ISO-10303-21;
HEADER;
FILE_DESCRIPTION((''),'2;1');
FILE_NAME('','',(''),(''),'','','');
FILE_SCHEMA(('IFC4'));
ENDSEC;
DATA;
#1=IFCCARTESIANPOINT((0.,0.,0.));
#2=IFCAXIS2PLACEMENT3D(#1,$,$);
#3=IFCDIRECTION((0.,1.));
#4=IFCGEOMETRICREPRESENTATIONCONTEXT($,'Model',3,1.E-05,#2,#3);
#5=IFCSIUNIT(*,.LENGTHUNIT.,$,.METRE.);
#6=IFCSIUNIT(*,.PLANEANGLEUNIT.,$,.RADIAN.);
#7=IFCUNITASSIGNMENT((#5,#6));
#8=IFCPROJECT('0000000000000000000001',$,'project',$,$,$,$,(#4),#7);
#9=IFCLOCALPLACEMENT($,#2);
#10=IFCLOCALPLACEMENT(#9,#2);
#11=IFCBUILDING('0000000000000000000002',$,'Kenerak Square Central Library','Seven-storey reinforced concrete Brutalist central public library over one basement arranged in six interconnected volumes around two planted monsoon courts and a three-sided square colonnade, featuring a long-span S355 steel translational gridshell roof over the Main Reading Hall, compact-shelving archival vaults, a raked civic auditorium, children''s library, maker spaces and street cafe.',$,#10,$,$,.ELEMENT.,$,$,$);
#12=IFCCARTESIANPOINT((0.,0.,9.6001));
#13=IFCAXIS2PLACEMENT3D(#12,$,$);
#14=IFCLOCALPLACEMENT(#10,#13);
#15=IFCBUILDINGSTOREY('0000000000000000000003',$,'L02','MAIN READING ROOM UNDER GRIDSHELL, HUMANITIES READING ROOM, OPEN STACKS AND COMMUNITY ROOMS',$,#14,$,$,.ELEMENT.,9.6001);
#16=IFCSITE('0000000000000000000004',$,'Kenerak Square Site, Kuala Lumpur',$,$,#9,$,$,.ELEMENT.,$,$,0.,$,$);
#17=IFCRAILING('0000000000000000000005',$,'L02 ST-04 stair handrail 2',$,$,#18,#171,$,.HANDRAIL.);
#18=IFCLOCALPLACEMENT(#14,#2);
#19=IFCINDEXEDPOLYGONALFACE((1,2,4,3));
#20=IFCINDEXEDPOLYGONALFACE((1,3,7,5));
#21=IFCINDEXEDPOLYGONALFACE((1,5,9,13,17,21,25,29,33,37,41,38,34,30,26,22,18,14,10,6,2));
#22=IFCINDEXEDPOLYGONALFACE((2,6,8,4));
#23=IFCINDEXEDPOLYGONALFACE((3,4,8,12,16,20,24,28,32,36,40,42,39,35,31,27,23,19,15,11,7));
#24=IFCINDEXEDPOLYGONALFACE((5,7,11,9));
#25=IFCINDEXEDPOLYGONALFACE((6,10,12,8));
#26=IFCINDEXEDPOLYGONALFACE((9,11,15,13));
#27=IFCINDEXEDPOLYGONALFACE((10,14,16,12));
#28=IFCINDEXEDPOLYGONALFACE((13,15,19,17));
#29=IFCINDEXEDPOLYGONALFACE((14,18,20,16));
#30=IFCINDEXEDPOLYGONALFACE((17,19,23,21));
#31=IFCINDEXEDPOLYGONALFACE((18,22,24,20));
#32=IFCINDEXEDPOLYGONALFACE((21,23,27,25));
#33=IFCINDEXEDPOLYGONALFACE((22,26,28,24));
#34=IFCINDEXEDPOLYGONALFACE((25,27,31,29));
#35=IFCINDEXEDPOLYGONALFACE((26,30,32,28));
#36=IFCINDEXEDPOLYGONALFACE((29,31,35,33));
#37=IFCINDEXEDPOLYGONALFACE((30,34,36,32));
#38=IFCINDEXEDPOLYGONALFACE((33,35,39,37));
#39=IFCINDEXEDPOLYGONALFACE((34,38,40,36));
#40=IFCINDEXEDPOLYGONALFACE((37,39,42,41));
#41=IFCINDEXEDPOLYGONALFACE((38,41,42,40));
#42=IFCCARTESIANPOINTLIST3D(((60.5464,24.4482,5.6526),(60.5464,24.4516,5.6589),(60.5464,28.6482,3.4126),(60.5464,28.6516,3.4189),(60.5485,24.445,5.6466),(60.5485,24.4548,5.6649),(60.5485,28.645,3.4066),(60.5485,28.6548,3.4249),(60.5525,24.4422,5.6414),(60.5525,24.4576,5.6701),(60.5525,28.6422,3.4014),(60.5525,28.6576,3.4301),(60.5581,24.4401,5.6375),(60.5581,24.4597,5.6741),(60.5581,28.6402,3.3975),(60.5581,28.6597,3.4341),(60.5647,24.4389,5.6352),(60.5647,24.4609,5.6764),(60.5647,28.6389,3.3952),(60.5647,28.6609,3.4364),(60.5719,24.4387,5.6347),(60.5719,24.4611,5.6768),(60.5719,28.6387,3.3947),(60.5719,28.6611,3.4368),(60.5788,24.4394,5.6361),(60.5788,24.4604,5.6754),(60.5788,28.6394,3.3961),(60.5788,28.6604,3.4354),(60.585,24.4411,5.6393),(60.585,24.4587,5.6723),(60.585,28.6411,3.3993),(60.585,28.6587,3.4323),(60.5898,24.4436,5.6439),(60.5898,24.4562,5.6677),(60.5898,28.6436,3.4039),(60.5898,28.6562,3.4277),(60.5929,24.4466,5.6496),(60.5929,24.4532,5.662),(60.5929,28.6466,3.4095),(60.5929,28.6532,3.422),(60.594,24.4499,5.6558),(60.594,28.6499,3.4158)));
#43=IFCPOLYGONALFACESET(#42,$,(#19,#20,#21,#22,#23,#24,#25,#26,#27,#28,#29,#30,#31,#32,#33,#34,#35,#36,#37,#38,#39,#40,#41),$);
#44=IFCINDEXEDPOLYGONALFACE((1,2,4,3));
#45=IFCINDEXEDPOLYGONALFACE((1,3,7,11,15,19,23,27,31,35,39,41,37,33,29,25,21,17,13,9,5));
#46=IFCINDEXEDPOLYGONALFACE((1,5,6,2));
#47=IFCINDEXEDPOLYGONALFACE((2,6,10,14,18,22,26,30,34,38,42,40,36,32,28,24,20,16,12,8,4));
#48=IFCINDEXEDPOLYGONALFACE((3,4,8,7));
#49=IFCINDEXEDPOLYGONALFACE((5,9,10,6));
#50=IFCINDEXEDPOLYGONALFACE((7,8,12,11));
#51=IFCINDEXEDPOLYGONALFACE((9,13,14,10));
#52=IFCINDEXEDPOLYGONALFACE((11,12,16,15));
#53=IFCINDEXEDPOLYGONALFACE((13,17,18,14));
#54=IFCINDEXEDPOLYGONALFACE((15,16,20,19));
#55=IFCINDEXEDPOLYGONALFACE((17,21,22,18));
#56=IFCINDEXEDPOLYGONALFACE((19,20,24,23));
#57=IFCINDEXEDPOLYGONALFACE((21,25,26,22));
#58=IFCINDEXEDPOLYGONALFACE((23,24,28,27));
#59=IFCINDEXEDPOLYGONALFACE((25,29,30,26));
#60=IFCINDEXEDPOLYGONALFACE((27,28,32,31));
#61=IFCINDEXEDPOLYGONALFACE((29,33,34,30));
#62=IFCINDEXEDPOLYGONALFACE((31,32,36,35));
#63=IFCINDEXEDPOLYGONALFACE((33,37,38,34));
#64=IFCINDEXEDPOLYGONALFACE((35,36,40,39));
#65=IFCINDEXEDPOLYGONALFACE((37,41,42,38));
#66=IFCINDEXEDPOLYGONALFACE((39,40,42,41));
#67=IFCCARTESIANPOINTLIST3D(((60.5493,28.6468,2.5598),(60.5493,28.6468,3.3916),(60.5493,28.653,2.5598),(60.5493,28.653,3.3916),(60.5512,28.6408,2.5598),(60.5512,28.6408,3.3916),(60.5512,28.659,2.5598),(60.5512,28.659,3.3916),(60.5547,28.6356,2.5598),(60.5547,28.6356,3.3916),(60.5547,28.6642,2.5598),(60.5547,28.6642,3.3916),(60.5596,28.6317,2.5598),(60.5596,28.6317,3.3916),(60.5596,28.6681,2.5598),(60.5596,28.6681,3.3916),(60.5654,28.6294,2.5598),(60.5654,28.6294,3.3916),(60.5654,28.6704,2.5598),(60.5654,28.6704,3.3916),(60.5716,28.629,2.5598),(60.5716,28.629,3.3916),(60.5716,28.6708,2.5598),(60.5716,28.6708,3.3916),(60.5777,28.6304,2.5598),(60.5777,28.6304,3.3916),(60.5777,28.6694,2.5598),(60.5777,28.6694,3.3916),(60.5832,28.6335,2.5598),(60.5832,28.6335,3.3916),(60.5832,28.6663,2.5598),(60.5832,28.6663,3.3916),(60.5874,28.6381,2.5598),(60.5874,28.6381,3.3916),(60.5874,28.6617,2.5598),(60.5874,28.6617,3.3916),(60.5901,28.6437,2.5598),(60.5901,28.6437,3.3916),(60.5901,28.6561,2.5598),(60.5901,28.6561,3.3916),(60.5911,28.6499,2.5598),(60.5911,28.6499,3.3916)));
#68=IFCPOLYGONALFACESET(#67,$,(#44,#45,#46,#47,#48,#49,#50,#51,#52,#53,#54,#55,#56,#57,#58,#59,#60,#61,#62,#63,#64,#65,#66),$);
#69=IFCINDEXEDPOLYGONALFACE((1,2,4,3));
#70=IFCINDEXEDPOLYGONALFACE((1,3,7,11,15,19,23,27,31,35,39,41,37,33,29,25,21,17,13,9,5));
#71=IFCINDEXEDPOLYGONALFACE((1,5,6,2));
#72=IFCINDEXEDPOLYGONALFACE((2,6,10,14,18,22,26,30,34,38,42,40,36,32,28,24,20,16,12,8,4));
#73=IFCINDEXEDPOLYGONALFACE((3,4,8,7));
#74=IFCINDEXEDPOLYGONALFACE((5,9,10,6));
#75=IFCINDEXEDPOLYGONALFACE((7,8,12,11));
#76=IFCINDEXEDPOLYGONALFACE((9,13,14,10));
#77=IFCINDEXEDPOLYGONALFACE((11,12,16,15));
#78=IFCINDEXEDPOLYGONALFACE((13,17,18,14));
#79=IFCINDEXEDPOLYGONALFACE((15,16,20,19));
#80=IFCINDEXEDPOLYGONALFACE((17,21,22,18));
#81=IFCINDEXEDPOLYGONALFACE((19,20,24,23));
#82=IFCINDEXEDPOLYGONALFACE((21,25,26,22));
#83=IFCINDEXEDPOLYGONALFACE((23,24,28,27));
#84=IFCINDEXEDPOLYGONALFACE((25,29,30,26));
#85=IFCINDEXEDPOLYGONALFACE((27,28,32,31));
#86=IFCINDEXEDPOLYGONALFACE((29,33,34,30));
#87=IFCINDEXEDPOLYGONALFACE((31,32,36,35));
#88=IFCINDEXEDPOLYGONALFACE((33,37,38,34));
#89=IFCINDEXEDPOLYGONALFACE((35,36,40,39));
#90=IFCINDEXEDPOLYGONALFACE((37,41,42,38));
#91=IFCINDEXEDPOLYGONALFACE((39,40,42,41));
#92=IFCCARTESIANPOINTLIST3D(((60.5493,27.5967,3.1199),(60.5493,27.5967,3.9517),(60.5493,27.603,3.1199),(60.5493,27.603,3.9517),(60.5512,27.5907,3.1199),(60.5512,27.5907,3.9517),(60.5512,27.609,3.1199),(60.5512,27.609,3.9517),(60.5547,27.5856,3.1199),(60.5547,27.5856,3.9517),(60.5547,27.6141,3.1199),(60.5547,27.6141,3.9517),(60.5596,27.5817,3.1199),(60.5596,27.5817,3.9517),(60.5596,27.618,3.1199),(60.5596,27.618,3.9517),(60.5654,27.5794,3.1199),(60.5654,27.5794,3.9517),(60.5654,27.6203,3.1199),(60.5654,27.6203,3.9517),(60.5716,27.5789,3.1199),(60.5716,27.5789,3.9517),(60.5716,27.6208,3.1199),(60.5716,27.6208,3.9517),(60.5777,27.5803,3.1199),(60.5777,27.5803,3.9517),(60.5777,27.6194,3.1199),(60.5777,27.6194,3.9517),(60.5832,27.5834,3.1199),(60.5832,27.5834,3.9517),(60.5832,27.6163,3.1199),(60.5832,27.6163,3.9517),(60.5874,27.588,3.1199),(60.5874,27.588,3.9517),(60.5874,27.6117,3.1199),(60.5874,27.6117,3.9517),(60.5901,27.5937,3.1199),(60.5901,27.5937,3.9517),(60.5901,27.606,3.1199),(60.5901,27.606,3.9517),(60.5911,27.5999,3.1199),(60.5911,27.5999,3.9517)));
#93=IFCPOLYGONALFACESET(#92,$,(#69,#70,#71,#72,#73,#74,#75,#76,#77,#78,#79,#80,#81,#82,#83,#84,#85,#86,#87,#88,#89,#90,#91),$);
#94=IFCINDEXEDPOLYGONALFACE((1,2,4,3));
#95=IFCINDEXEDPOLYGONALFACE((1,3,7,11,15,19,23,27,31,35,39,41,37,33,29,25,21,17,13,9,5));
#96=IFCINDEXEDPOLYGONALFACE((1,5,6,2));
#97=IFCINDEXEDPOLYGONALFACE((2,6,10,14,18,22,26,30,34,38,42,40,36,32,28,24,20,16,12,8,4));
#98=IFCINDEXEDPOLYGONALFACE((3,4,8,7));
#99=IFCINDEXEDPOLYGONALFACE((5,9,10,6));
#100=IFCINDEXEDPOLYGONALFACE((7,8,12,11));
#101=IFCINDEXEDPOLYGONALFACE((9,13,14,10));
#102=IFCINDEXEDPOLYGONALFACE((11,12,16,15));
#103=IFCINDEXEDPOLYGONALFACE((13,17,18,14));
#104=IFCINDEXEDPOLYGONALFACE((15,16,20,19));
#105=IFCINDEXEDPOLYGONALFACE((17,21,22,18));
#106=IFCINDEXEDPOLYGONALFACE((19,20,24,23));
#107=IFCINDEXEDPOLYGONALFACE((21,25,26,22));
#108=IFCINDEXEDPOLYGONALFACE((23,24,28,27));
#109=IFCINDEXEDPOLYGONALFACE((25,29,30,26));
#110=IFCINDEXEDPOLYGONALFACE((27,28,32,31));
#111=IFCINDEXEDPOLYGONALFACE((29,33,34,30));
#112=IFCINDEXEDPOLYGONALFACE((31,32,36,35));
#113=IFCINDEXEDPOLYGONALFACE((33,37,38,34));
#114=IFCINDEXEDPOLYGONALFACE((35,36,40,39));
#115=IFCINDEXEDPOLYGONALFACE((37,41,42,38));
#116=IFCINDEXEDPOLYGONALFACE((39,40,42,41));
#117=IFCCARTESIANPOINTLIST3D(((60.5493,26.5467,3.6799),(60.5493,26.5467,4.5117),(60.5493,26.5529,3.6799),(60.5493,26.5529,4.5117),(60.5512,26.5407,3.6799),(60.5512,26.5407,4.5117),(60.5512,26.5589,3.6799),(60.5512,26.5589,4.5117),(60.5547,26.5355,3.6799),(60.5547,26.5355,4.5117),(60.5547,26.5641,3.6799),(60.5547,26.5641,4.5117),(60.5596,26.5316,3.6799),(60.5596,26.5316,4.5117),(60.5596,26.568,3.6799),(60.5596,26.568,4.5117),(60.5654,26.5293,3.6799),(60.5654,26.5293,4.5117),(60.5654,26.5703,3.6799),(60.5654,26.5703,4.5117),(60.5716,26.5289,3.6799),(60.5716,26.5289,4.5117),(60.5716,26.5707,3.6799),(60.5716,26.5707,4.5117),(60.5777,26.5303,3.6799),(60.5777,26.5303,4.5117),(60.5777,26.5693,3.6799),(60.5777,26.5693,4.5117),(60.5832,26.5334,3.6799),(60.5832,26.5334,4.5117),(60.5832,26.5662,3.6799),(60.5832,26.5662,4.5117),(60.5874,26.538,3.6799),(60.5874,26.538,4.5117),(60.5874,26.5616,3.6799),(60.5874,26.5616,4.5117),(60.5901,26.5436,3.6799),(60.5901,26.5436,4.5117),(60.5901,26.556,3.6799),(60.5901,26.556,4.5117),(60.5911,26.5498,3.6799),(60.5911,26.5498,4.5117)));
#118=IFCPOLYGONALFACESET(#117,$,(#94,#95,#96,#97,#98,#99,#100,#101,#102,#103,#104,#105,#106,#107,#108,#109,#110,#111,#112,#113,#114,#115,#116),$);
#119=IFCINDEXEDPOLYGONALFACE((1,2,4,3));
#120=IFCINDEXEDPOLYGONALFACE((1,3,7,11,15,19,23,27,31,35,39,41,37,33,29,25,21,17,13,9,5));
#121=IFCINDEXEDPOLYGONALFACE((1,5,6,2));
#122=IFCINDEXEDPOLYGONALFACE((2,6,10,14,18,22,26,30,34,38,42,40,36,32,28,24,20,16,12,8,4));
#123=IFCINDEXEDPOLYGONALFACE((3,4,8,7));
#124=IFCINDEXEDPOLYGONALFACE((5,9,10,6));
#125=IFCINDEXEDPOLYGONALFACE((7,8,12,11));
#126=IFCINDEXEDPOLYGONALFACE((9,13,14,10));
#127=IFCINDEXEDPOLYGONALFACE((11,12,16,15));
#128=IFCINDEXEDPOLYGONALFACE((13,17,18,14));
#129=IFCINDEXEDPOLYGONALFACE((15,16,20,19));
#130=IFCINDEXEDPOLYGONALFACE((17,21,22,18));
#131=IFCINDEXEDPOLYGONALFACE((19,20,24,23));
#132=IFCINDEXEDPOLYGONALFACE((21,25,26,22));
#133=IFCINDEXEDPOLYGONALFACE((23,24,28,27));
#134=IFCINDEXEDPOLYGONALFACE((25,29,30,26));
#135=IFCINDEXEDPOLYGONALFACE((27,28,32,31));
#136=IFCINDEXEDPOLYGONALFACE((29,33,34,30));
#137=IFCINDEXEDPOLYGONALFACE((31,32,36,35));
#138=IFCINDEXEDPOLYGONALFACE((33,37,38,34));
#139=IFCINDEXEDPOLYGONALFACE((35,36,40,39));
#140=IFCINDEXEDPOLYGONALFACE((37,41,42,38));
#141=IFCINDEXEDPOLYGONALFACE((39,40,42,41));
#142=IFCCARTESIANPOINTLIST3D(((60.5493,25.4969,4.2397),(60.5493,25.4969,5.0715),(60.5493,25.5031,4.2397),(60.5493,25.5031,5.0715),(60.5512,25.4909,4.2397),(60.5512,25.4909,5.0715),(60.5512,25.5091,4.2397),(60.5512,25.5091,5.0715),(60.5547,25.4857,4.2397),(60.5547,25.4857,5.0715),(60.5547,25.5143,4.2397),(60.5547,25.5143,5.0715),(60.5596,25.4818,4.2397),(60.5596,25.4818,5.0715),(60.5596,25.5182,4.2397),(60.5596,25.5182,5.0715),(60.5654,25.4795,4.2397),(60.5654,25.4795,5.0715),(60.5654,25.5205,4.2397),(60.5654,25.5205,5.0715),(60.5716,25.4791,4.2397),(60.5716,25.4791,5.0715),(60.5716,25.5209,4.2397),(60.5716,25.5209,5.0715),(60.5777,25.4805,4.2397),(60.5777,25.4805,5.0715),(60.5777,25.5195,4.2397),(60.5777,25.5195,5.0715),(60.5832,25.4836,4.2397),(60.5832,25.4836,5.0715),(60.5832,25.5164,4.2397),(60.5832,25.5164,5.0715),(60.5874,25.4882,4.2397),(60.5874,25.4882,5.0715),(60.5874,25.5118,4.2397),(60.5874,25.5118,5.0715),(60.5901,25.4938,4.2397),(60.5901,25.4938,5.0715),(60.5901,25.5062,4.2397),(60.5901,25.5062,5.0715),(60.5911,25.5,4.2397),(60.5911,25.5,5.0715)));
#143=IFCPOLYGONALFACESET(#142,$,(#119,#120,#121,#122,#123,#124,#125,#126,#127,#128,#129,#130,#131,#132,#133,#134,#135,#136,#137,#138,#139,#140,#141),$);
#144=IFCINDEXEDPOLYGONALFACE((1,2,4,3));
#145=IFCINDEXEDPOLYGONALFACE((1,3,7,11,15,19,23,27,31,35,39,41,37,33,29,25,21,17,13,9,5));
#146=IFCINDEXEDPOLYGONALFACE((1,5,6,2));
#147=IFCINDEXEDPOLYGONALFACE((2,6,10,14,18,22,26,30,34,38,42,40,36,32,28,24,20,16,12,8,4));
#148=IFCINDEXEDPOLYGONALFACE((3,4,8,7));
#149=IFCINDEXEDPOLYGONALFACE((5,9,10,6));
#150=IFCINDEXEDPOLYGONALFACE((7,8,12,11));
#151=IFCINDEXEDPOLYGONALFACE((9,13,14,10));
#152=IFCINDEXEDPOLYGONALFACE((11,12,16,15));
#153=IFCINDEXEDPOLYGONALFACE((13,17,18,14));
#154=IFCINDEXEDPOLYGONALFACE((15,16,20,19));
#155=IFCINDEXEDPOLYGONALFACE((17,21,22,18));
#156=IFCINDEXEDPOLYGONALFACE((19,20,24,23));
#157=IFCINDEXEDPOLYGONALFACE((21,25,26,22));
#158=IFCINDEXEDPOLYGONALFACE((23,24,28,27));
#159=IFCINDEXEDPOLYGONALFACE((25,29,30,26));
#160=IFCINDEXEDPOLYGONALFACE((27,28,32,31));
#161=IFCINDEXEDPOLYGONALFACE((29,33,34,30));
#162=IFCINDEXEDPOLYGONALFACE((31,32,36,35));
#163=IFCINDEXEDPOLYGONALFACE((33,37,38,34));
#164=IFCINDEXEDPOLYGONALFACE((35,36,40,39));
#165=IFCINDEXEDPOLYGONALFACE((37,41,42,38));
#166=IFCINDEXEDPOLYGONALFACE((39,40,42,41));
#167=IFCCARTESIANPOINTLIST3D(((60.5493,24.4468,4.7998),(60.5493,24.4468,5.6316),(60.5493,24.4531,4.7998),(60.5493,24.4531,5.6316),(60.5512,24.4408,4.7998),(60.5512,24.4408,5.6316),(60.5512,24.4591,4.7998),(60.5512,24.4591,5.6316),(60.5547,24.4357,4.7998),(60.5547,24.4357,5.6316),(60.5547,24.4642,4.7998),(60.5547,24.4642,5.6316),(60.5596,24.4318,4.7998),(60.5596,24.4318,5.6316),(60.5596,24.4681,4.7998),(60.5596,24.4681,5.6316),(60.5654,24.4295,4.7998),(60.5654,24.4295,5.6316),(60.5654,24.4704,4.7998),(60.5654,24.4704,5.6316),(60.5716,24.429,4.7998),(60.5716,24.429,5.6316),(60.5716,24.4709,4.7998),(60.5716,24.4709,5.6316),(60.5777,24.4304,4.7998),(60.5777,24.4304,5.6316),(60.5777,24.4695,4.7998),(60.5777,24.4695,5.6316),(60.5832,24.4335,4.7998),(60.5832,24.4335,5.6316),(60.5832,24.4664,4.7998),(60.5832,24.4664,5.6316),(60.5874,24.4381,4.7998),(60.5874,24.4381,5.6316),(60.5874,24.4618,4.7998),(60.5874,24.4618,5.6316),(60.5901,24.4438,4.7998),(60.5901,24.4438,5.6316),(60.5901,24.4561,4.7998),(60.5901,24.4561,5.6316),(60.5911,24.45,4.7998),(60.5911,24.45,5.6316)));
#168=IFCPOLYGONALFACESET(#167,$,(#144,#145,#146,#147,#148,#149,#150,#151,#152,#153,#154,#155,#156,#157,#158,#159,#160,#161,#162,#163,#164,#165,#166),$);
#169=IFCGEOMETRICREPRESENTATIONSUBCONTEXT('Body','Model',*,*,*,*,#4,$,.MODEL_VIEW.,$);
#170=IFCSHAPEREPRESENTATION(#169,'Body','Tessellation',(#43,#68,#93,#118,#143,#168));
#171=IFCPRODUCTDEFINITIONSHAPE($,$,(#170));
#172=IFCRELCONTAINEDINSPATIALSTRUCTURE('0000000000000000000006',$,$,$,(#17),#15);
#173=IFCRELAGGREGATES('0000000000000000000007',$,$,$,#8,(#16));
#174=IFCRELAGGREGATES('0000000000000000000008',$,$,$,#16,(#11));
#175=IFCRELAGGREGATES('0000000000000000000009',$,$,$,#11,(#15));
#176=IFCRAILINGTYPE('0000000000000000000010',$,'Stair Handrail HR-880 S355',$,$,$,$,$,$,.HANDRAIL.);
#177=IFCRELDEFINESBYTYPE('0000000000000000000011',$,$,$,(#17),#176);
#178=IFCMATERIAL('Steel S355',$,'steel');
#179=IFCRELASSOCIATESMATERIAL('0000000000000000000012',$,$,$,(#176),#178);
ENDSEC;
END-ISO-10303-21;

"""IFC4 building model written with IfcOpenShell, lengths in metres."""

from ifc_helpers import new_model, si_unit, direction, frame, origin, origin_2d, place, context, subcontext, project, spatial, circle, extrude, material, type_object, element, save


model = new_model("IFC4")

# Units and contexts
model_context = context("Model", 3, precision=1e-05, world=origin(), true_north=direction((0.0, 1.0)))
body_context = subcontext(model_context, "Body", "Model", "MODEL_VIEW")
ifc_project = project(units=[si_unit("LENGTHUNIT", "METRE"), si_unit("PLANEANGLEUNIT", "RADIAN")], contexts=[model_context])

# Site, building, storey
site_placement = place(None, origin())
site = spatial("IfcSite", under=ifc_project, at=site_placement, Name="Kenerak Square Site, Kuala Lumpur", CompositionType="ELEMENT", RefElevation=0.0)
building_placement = place(site_placement, origin())
building = spatial("IfcBuilding", under=site, at=building_placement, Name="Kenerak Square Central Library", Description="Seven-storey reinforced concrete Brutalist central public library over one basement arranged in six interconnected volumes around two planted monsoon courts and a three-sided square colonnade, featuring a long-span S355 steel translational gridshell roof over the Main Reading Hall, compact-shelving archival vaults, a raked civic auditorium, children's library, maker spaces and street cafe.", CompositionType="ELEMENT")
storey_placement = place(building_placement, frame((0.0, 0.0, 9.6001)))
storey = spatial("IfcBuildingStorey", under=building, at=storey_placement, Name="L02", Description="MAIN READING ROOM UNDER GRIDSHELL, HUMANITIES READING ROOM, OPEN STACKS AND COMMUNITY ROOMS", CompositionType="ELEMENT", Elevation=9.6001)

# Shared definitions
ifc_material_1 = material(Name="Steel S355", Category="steel")

# Railing
railing_type_1 = type_object("IfcRailingType", Name="Stair Handrail HR-880 S355", PredefinedType="HANDRAIL", material=ifc_material_1)
railing_1_placement = place(storey_placement, frame((60.5701, 28.6499, 2.5598)))
element("IfcRailing", 1, at=railing_1_placement, inside=storey, type_object=railing_type_1, Name="L02 ST-04 stair handrail 2", PredefinedType="HANDRAIL", context=body_context, shape_type="SweptSolid", body=[
    extrude(circle(Radius=0.0239, at=origin_2d()), frame((0.0, 0.0, 0.856), z_axis=(0.0, -0.882352, 0.470591), x_axis=(1.0, 0.0, 0.0)), (0.0, 0.0, 1.0), 4.76),
    extrude(circle(Radius=0.021, at=origin_2d()), origin(), (0.0, 0.0, 1.0), 0.8318),
    extrude(circle(Radius=0.021, at=origin_2d()), frame((0.0, -1.05, 0.5601)), (0.0, 0.0, 1.0), 0.8318),
    extrude(circle(Radius=0.021, at=origin_2d()), frame((0.0, -2.1001, 1.1201)), (0.0, 0.0, 1.0), 0.8318),
    extrude(circle(Radius=0.021, at=origin_2d()), frame((0.0, -3.1499, 1.6799)), (0.0, 0.0, 1.0), 0.8318),
    extrude(circle(Radius=0.021, at=origin_2d()), frame((0.0, -4.2, 2.24)), (0.0, 0.0, 1.0), 0.8318),
])

save(model, "model.ifc")
